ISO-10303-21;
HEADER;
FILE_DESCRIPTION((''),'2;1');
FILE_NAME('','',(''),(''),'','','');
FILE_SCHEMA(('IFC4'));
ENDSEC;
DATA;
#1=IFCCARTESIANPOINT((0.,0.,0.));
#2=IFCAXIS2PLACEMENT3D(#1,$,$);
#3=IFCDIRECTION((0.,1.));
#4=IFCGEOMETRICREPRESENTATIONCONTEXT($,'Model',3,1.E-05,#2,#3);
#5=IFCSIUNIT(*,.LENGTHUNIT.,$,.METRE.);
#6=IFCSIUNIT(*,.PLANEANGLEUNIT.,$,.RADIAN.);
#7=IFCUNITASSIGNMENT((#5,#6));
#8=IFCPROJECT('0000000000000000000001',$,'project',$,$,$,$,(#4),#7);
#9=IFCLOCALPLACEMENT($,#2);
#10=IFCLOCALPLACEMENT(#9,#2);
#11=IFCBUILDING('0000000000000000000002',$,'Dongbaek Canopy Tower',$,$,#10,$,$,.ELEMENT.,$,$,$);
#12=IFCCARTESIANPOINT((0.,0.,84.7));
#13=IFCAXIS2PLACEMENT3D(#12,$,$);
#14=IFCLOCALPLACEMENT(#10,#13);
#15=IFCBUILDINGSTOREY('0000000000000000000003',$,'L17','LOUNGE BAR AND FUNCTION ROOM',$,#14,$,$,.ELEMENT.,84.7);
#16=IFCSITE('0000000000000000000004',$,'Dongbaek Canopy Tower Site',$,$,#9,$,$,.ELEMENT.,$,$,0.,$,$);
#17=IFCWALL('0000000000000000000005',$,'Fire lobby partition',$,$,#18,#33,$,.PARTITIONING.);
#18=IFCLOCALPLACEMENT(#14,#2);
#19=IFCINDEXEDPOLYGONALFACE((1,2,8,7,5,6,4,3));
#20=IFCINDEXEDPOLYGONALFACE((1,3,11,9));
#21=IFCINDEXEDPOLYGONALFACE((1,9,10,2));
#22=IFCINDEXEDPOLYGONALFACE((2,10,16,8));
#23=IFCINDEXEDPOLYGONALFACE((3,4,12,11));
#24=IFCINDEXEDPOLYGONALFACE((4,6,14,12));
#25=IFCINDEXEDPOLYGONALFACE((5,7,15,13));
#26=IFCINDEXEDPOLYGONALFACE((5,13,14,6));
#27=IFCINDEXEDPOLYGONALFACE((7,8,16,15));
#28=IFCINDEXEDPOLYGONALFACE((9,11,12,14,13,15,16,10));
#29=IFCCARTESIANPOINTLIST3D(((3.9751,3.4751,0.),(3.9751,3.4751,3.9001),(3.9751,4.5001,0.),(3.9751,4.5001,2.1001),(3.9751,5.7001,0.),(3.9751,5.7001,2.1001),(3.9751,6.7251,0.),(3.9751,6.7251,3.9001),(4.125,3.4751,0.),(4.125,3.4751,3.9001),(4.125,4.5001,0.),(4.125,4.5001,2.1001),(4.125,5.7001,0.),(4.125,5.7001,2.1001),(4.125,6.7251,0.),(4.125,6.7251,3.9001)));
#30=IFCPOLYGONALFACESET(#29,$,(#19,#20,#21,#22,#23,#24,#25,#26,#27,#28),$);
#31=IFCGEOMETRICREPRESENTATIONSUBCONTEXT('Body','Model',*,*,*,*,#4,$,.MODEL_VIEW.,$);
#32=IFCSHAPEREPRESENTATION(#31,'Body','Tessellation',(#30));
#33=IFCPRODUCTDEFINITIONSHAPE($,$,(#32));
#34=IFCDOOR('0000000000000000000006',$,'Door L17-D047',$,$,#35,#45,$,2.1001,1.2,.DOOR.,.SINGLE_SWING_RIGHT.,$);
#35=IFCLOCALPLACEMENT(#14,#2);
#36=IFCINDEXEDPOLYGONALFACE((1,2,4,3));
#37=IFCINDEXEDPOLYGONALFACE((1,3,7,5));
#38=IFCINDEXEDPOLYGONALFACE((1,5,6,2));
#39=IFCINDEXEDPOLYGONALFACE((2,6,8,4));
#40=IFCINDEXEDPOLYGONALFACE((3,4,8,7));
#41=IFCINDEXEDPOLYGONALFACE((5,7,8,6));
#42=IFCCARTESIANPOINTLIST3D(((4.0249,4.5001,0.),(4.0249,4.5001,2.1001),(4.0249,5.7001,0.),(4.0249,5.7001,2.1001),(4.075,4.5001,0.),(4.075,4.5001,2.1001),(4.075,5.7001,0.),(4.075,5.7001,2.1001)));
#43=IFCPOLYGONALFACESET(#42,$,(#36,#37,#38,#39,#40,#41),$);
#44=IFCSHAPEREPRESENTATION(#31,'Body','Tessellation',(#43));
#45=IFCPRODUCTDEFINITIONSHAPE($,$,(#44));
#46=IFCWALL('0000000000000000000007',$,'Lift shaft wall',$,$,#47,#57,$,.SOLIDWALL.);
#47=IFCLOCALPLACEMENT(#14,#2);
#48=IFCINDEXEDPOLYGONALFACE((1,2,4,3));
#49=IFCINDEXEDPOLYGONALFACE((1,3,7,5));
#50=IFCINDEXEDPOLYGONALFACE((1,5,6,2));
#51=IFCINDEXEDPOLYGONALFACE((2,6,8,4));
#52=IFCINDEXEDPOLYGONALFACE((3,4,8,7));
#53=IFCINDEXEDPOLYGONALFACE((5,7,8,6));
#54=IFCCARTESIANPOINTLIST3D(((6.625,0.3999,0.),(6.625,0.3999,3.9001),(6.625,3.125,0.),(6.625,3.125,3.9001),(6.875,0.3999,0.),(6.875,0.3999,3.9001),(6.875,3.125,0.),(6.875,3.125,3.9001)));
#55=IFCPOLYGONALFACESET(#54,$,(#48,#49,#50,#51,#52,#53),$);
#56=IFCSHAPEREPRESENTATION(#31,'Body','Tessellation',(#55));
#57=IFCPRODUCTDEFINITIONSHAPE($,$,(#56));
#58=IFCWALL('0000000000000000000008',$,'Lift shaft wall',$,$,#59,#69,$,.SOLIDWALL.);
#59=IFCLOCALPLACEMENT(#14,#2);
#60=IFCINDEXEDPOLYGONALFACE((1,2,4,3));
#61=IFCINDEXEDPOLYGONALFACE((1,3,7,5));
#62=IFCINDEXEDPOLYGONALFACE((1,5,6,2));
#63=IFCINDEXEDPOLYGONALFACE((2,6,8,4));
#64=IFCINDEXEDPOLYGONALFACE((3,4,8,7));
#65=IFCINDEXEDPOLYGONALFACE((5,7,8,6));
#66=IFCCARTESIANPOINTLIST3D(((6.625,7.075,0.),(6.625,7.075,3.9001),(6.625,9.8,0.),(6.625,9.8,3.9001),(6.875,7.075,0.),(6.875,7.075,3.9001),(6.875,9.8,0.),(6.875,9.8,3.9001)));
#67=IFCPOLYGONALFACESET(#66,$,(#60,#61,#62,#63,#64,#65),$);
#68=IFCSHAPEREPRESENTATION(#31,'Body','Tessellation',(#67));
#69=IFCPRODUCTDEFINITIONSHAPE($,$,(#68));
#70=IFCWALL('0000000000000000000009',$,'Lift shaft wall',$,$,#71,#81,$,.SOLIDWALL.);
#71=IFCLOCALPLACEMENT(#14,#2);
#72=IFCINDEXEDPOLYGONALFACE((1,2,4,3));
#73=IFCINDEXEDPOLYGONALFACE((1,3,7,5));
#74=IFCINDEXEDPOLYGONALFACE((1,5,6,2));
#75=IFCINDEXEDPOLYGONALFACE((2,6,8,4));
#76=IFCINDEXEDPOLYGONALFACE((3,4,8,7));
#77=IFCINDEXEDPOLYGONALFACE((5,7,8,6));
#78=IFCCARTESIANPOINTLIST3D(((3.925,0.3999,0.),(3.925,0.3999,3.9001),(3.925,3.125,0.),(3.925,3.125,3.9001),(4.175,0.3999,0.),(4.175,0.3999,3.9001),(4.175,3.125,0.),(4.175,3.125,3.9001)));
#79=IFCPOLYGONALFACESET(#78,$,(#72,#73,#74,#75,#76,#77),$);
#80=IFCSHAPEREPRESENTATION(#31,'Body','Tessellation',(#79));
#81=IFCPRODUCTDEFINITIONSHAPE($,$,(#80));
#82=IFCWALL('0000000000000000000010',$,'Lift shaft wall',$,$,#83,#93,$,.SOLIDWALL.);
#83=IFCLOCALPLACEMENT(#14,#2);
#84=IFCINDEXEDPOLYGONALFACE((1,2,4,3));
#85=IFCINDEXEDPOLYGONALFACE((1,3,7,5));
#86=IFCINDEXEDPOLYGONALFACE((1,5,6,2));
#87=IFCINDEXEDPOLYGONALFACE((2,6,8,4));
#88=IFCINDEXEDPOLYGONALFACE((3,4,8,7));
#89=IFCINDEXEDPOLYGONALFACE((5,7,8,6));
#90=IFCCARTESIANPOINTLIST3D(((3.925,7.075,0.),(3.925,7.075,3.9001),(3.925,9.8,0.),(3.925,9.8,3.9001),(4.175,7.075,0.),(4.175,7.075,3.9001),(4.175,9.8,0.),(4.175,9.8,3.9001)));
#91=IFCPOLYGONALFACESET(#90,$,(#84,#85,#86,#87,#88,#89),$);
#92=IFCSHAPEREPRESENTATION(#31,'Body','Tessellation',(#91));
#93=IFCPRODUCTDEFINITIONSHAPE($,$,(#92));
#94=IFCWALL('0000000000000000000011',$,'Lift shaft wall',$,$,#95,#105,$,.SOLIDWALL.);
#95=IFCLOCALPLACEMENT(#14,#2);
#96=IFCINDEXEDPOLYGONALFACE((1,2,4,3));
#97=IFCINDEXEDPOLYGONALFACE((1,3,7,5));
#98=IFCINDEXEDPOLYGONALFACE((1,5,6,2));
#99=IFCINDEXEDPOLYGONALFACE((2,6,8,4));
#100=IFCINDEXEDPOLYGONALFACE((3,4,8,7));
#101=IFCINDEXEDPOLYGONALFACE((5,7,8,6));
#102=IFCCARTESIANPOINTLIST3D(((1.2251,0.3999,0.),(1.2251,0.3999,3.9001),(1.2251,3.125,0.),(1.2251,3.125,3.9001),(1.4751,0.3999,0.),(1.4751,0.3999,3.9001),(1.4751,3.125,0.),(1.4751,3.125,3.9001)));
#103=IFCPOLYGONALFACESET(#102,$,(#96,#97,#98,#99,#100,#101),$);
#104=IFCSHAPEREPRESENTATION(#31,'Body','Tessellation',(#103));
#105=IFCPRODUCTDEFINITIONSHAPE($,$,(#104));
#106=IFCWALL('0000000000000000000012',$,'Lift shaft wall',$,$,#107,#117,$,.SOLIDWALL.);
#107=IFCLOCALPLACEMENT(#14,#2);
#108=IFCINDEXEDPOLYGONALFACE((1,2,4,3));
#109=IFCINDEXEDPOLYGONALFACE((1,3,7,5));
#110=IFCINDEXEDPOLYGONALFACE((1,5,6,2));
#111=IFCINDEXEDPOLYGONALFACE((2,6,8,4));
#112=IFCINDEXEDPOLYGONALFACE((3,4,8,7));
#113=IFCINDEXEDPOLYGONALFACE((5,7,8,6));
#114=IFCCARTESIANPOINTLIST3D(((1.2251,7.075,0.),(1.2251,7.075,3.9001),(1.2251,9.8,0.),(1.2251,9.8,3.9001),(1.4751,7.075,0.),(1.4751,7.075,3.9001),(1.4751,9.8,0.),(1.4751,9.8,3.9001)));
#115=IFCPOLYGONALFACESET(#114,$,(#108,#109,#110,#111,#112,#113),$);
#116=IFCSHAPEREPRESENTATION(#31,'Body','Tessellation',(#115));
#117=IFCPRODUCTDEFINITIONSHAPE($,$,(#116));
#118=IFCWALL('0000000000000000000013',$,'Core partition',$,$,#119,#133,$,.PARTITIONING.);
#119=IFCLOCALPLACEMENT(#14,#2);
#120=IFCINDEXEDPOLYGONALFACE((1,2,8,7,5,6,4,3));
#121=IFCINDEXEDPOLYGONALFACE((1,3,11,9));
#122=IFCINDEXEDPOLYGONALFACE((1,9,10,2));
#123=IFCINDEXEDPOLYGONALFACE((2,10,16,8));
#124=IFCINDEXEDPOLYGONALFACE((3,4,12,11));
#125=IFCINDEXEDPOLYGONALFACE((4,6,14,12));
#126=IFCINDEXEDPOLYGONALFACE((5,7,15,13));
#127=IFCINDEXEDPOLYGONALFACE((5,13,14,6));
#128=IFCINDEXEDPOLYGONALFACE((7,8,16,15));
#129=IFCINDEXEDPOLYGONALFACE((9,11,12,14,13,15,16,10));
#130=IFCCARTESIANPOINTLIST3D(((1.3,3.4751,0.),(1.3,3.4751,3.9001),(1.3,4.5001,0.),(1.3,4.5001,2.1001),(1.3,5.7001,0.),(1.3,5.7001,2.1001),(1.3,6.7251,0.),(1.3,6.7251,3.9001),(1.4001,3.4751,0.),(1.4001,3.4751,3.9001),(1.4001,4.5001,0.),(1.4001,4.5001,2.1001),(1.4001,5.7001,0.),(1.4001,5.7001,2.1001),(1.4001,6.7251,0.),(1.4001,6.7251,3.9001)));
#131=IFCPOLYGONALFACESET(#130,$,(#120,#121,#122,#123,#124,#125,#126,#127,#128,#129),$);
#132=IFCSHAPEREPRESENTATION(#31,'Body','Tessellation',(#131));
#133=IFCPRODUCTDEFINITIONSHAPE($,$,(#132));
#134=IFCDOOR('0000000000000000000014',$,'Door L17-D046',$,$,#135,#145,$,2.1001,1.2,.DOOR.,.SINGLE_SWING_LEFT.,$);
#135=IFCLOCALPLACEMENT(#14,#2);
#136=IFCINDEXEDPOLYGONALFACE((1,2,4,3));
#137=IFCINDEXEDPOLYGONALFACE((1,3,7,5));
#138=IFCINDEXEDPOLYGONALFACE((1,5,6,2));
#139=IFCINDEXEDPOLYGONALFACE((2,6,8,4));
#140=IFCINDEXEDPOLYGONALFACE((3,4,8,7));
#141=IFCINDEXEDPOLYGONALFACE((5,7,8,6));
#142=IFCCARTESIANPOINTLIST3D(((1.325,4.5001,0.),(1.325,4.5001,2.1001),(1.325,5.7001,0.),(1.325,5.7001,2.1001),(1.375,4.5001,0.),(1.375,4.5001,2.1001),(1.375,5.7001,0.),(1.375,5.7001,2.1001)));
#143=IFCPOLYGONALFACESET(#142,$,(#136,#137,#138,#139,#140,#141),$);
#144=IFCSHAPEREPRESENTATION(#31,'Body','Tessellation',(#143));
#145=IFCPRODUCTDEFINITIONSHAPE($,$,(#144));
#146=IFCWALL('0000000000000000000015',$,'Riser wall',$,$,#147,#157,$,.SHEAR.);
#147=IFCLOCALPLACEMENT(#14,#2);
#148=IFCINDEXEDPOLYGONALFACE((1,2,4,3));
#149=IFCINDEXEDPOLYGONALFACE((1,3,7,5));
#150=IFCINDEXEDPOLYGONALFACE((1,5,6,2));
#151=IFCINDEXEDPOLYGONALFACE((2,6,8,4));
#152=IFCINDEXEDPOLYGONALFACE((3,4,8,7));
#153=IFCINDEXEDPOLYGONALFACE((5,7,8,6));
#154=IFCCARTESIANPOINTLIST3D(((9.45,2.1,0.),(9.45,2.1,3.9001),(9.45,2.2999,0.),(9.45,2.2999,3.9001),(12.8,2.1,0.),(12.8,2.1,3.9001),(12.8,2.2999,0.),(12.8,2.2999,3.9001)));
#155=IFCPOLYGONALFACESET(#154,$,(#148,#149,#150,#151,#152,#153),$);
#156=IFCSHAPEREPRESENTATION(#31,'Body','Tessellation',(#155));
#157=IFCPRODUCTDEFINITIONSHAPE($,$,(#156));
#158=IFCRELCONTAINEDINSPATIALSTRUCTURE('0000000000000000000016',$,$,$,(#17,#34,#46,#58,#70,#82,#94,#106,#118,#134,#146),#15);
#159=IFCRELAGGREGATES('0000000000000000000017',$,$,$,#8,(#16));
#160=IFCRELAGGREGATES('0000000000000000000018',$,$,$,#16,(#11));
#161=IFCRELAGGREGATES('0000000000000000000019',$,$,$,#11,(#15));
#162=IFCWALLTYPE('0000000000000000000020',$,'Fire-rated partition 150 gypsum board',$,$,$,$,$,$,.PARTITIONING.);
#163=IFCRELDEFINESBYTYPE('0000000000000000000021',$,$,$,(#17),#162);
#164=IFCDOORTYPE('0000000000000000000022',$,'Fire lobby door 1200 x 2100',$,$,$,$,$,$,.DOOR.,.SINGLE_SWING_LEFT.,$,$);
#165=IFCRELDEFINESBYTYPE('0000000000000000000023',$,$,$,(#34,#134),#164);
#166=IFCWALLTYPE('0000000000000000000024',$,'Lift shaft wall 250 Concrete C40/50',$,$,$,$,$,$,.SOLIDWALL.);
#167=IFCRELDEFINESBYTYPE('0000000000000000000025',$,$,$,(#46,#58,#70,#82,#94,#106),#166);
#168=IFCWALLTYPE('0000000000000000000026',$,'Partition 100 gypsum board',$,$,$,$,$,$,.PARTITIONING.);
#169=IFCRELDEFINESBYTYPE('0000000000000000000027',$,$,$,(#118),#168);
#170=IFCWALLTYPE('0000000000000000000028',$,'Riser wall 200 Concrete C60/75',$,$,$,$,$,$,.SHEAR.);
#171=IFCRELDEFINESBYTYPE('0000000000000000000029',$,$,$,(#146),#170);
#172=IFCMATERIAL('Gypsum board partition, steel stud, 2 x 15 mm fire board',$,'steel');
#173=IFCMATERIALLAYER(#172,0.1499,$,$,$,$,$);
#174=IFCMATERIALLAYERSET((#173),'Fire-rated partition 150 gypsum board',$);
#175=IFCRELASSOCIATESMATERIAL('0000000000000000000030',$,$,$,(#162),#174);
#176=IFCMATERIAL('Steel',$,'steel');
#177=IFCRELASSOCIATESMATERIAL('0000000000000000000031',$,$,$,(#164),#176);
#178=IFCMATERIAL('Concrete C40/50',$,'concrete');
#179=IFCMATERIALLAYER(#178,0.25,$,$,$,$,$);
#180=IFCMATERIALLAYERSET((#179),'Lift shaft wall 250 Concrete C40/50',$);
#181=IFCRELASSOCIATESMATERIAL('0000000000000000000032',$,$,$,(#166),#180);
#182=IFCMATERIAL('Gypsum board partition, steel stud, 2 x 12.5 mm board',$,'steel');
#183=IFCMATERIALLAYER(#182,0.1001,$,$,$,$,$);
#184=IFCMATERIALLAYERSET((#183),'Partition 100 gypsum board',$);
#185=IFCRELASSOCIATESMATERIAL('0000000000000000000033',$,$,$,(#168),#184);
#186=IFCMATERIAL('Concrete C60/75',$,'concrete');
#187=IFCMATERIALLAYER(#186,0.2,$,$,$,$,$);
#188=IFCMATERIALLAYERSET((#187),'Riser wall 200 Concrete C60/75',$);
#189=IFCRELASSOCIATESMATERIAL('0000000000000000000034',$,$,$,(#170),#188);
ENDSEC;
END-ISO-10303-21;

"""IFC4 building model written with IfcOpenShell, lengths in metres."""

from ifc_helpers import new_model, si_unit, direction, frame, frame_2d, origin, place, context, subcontext, project, spatial, rectangle, extrude, material, layer, layer_set, type_object, element, fill, save


model = new_model("IFC4")

# Units and contexts
model_context = context("Model", 3, precision=1e-05, world=origin(), true_north=direction((0.0, 1.0)))
body_context = subcontext(model_context, "Body", "Model", "MODEL_VIEW")
ifc_project = project(units=[si_unit("LENGTHUNIT", "METRE"), si_unit("PLANEANGLEUNIT", "RADIAN")], contexts=[model_context])

# Site, building, storey
site_placement = place(None, origin())
site = spatial("IfcSite", under=ifc_project, at=site_placement, Name="Dongbaek Canopy Tower Site", CompositionType="ELEMENT", RefElevation=0.0)
building_placement = place(site_placement, origin())
building = spatial("IfcBuilding", under=site, at=building_placement, Name="Dongbaek Canopy Tower", CompositionType="ELEMENT")
storey_placement = place(building_placement, frame((0.0, 0.0, 84.7)))
storey = spatial("IfcBuildingStorey", under=building, at=storey_placement, Name="L17", Description="LOUNGE BAR AND FUNCTION ROOM", CompositionType="ELEMENT", Elevation=84.7)

# Shared definitions
ifc_material_1 = material(Name="Gypsum board partition, steel stud, 2 x 15 mm fire board", Category="steel")
ifc_layer_1 = layer(ifc_material_1, 0.1499)
ifc_layer_set_1 = layer_set([ifc_layer_1], Name="Fire-rated partition 150 gypsum board")
wall_type_1 = type_object("IfcWallType", Name="Fire-rated partition 150 gypsum board", PredefinedType="PARTITIONING", material=ifc_layer_set_1)

# Wall, opening, door
wall_1_placement = place(storey_placement, frame((4.05, 6.7251, 0.0), z_axis=(0.0, 0.0, 1.0), x_axis=(0.0, -1.0, 0.0)))
wall_1 = element("IfcWall", 1, at=wall_1_placement, inside=storey, type_object=wall_type_1, Name="Fire lobby partition", PredefinedType="PARTITIONING", context=body_context, shape_type="SweptSolid", body=[
    extrude(rectangle(XDim=3.25, YDim=0.1499, at=frame_2d((1.625, 0.0))), origin(), (0.0, 0.0, 1.0), 3.9001),
])
opening_1_placement = place(wall_1_placement, frame((1.0249, 0.0, 0.0)))
opening_1 = element("IfcOpeningElement", 2, at=opening_1_placement, cuts=wall_1, PredefinedType="OPENING", context=body_context, shape_type="SweptSolid", body=[
    extrude(rectangle(XDim=1.2, YDim=2.1001, at=frame_2d((0.6001, 1.05))), frame((0.0, 0.085, 0.0), z_axis=(0.0, -1.0, 0.0), x_axis=(1.0, 0.0, 0.0)), (0.0, 0.0, 1.0), 0.1699),
])
ifc_material_2 = material(Name="Steel", Category="steel")
door_type_1 = type_object("IfcDoorType", Name="Fire lobby door 1200 x 2100", OperationType="SINGLE_SWING_LEFT", PredefinedType="DOOR", material=ifc_material_2)
door_1_placement = place(opening_1_placement, origin())
door_1 = element("IfcDoor", 3, at=door_1_placement, inside=storey, type_object=door_type_1, Name="Door L17-D047", OperationType="SINGLE_SWING_RIGHT", OverallHeight=2.1001, OverallWidth=1.2, PredefinedType="DOOR", context=body_context, shape_type="SweptSolid", body=[
    extrude(rectangle(XDim=1.2, YDim=2.1001, at=frame_2d((0.6001, 1.05))), frame((0.0, 0.0249, 0.0), z_axis=(0.0, -1.0, 0.0), x_axis=(1.0, 0.0, 0.0)), (0.0, 0.0, 1.0), 0.05),
])
fill(opening_1, door_1)

# Walls
ifc_material_3 = material(Name="Concrete C40/50", Category="concrete")
ifc_layer_2 = layer(ifc_material_3, 0.25)
ifc_layer_set_2 = layer_set([ifc_layer_2], Name="Lift shaft wall 250 Concrete C40/50")
wall_type_2 = type_object("IfcWallType", Name="Lift shaft wall 250 Concrete C40/50", PredefinedType="SOLIDWALL", material=ifc_layer_set_2)
for number, where, z_axis, x_axis, name in (
    (4, (6.75, 0.3999, 0.0), (0.0, 0.0, 1.0), (0.0, 1.0, 0.0), "Lift shaft wall"),
    (5, (6.75, 7.075, 0.0), (0.0, 0.0, 1.0), (0.0, 1.0, 0.0), "Lift shaft wall"),
    (6, (4.05, 0.3999, 0.0), (0.0, 0.0, 1.0), (0.0, 1.0, 0.0), "Lift shaft wall"),
    (7, (4.05, 7.075, 0.0), (0.0, 0.0, 1.0), (0.0, 1.0, 0.0), "Lift shaft wall"),
    (8, (1.3501, 0.3999, 0.0), (0.0, 0.0, 1.0), (0.0, 1.0, 0.0), "Lift shaft wall"),
    (9, (1.3501, 7.075, 0.0), (0.0, 0.0, 1.0), (0.0, 1.0, 0.0), "Lift shaft wall"),
):
    element("IfcWall", number, at=place(storey_placement, frame(where, z_axis=z_axis, x_axis=x_axis)), inside=storey, type_object=wall_type_2, Name=name, PredefinedType="SOLIDWALL", context=body_context, shape_type="SweptSolid", body=[
        extrude(rectangle(XDim=2.7251, YDim=0.25, at=frame_2d((1.3625, 0.0))), origin(), (0.0, 0.0, 1.0), 3.9001),
    ])

# Wall, opening, door
ifc_material_4 = material(Name="Gypsum board partition, steel stud, 2 x 12.5 mm board", Category="steel")
ifc_layer_3 = layer(ifc_material_4, 0.1001)
ifc_layer_set_3 = layer_set([ifc_layer_3], Name="Partition 100 gypsum board")
wall_type_3 = type_object("IfcWallType", Name="Partition 100 gypsum board", PredefinedType="PARTITIONING", material=ifc_layer_set_3)
wall_2_placement = place(storey_placement, frame((1.3501, 6.7251, 0.0), z_axis=(0.0, 0.0, 1.0), x_axis=(0.0, -1.0, 0.0)))
wall_2 = element("IfcWall", 10, at=wall_2_placement, inside=storey, type_object=wall_type_3, Name="Core partition", PredefinedType="PARTITIONING", context=body_context, shape_type="SweptSolid", body=[
    extrude(rectangle(XDim=3.25, YDim=0.1001, at=frame_2d((1.625, 0.0))), origin(), (0.0, 0.0, 1.0), 3.9001),
])
opening_2_placement = place(wall_2_placement, frame((1.0249, 0.0, 0.0)))
opening_2 = element("IfcOpeningElement", 11, at=opening_2_placement, cuts=wall_2, PredefinedType="OPENING", context=body_context, shape_type="SweptSolid", body=[
    extrude(rectangle(XDim=1.2, YDim=2.1001, at=frame_2d((0.6001, 1.05))), frame((0.0, 0.0601, 0.0), z_axis=(0.0, -1.0, 0.0), x_axis=(1.0, 0.0, 0.0)), (0.0, 0.0, 1.0), 0.1201),
])
door_2_placement = place(opening_2_placement, origin())
door_2 = element("IfcDoor", 12, at=door_2_placement, inside=storey, type_object=door_type_1, Name="Door L17-D046", OperationType="SINGLE_SWING_LEFT", OverallHeight=2.1001, OverallWidth=1.2, PredefinedType="DOOR", context=body_context, shape_type="SweptSolid", body=[
    extrude(rectangle(XDim=1.2, YDim=2.1001, at=frame_2d((0.6001, 1.05))), frame((0.0, 0.0249, 0.0), z_axis=(0.0, -1.0, 0.0), x_axis=(1.0, 0.0, 0.0)), (0.0, 0.0, 1.0), 0.05),
])
fill(opening_2, door_2)

# Wall
ifc_material_5 = material(Name="Concrete C60/75", Category="concrete")
ifc_layer_4 = layer(ifc_material_5, 0.2)
ifc_layer_set_4 = layer_set([ifc_layer_4], Name="Riser wall 200 Concrete C60/75")
wall_type_4 = type_object("IfcWallType", Name="Riser wall 200 Concrete C60/75", PredefinedType="SHEAR", material=ifc_layer_set_4)
wall_3_placement = place(storey_placement, frame((9.45, 2.2, 0.0), z_axis=(0.0, 0.0, 1.0), x_axis=(1.0, 0.0, 0.0)))
element("IfcWall", 13, at=wall_3_placement, inside=storey, type_object=wall_type_4, Name="Riser wall", PredefinedType="SHEAR", context=body_context, shape_type="SweptSolid", body=[
    extrude(rectangle(XDim=3.3501, YDim=0.2, at=frame_2d((1.675, 0.0))), origin(), (0.0, 0.0, 1.0), 3.9001),
])

save(model, "model.ifc")
